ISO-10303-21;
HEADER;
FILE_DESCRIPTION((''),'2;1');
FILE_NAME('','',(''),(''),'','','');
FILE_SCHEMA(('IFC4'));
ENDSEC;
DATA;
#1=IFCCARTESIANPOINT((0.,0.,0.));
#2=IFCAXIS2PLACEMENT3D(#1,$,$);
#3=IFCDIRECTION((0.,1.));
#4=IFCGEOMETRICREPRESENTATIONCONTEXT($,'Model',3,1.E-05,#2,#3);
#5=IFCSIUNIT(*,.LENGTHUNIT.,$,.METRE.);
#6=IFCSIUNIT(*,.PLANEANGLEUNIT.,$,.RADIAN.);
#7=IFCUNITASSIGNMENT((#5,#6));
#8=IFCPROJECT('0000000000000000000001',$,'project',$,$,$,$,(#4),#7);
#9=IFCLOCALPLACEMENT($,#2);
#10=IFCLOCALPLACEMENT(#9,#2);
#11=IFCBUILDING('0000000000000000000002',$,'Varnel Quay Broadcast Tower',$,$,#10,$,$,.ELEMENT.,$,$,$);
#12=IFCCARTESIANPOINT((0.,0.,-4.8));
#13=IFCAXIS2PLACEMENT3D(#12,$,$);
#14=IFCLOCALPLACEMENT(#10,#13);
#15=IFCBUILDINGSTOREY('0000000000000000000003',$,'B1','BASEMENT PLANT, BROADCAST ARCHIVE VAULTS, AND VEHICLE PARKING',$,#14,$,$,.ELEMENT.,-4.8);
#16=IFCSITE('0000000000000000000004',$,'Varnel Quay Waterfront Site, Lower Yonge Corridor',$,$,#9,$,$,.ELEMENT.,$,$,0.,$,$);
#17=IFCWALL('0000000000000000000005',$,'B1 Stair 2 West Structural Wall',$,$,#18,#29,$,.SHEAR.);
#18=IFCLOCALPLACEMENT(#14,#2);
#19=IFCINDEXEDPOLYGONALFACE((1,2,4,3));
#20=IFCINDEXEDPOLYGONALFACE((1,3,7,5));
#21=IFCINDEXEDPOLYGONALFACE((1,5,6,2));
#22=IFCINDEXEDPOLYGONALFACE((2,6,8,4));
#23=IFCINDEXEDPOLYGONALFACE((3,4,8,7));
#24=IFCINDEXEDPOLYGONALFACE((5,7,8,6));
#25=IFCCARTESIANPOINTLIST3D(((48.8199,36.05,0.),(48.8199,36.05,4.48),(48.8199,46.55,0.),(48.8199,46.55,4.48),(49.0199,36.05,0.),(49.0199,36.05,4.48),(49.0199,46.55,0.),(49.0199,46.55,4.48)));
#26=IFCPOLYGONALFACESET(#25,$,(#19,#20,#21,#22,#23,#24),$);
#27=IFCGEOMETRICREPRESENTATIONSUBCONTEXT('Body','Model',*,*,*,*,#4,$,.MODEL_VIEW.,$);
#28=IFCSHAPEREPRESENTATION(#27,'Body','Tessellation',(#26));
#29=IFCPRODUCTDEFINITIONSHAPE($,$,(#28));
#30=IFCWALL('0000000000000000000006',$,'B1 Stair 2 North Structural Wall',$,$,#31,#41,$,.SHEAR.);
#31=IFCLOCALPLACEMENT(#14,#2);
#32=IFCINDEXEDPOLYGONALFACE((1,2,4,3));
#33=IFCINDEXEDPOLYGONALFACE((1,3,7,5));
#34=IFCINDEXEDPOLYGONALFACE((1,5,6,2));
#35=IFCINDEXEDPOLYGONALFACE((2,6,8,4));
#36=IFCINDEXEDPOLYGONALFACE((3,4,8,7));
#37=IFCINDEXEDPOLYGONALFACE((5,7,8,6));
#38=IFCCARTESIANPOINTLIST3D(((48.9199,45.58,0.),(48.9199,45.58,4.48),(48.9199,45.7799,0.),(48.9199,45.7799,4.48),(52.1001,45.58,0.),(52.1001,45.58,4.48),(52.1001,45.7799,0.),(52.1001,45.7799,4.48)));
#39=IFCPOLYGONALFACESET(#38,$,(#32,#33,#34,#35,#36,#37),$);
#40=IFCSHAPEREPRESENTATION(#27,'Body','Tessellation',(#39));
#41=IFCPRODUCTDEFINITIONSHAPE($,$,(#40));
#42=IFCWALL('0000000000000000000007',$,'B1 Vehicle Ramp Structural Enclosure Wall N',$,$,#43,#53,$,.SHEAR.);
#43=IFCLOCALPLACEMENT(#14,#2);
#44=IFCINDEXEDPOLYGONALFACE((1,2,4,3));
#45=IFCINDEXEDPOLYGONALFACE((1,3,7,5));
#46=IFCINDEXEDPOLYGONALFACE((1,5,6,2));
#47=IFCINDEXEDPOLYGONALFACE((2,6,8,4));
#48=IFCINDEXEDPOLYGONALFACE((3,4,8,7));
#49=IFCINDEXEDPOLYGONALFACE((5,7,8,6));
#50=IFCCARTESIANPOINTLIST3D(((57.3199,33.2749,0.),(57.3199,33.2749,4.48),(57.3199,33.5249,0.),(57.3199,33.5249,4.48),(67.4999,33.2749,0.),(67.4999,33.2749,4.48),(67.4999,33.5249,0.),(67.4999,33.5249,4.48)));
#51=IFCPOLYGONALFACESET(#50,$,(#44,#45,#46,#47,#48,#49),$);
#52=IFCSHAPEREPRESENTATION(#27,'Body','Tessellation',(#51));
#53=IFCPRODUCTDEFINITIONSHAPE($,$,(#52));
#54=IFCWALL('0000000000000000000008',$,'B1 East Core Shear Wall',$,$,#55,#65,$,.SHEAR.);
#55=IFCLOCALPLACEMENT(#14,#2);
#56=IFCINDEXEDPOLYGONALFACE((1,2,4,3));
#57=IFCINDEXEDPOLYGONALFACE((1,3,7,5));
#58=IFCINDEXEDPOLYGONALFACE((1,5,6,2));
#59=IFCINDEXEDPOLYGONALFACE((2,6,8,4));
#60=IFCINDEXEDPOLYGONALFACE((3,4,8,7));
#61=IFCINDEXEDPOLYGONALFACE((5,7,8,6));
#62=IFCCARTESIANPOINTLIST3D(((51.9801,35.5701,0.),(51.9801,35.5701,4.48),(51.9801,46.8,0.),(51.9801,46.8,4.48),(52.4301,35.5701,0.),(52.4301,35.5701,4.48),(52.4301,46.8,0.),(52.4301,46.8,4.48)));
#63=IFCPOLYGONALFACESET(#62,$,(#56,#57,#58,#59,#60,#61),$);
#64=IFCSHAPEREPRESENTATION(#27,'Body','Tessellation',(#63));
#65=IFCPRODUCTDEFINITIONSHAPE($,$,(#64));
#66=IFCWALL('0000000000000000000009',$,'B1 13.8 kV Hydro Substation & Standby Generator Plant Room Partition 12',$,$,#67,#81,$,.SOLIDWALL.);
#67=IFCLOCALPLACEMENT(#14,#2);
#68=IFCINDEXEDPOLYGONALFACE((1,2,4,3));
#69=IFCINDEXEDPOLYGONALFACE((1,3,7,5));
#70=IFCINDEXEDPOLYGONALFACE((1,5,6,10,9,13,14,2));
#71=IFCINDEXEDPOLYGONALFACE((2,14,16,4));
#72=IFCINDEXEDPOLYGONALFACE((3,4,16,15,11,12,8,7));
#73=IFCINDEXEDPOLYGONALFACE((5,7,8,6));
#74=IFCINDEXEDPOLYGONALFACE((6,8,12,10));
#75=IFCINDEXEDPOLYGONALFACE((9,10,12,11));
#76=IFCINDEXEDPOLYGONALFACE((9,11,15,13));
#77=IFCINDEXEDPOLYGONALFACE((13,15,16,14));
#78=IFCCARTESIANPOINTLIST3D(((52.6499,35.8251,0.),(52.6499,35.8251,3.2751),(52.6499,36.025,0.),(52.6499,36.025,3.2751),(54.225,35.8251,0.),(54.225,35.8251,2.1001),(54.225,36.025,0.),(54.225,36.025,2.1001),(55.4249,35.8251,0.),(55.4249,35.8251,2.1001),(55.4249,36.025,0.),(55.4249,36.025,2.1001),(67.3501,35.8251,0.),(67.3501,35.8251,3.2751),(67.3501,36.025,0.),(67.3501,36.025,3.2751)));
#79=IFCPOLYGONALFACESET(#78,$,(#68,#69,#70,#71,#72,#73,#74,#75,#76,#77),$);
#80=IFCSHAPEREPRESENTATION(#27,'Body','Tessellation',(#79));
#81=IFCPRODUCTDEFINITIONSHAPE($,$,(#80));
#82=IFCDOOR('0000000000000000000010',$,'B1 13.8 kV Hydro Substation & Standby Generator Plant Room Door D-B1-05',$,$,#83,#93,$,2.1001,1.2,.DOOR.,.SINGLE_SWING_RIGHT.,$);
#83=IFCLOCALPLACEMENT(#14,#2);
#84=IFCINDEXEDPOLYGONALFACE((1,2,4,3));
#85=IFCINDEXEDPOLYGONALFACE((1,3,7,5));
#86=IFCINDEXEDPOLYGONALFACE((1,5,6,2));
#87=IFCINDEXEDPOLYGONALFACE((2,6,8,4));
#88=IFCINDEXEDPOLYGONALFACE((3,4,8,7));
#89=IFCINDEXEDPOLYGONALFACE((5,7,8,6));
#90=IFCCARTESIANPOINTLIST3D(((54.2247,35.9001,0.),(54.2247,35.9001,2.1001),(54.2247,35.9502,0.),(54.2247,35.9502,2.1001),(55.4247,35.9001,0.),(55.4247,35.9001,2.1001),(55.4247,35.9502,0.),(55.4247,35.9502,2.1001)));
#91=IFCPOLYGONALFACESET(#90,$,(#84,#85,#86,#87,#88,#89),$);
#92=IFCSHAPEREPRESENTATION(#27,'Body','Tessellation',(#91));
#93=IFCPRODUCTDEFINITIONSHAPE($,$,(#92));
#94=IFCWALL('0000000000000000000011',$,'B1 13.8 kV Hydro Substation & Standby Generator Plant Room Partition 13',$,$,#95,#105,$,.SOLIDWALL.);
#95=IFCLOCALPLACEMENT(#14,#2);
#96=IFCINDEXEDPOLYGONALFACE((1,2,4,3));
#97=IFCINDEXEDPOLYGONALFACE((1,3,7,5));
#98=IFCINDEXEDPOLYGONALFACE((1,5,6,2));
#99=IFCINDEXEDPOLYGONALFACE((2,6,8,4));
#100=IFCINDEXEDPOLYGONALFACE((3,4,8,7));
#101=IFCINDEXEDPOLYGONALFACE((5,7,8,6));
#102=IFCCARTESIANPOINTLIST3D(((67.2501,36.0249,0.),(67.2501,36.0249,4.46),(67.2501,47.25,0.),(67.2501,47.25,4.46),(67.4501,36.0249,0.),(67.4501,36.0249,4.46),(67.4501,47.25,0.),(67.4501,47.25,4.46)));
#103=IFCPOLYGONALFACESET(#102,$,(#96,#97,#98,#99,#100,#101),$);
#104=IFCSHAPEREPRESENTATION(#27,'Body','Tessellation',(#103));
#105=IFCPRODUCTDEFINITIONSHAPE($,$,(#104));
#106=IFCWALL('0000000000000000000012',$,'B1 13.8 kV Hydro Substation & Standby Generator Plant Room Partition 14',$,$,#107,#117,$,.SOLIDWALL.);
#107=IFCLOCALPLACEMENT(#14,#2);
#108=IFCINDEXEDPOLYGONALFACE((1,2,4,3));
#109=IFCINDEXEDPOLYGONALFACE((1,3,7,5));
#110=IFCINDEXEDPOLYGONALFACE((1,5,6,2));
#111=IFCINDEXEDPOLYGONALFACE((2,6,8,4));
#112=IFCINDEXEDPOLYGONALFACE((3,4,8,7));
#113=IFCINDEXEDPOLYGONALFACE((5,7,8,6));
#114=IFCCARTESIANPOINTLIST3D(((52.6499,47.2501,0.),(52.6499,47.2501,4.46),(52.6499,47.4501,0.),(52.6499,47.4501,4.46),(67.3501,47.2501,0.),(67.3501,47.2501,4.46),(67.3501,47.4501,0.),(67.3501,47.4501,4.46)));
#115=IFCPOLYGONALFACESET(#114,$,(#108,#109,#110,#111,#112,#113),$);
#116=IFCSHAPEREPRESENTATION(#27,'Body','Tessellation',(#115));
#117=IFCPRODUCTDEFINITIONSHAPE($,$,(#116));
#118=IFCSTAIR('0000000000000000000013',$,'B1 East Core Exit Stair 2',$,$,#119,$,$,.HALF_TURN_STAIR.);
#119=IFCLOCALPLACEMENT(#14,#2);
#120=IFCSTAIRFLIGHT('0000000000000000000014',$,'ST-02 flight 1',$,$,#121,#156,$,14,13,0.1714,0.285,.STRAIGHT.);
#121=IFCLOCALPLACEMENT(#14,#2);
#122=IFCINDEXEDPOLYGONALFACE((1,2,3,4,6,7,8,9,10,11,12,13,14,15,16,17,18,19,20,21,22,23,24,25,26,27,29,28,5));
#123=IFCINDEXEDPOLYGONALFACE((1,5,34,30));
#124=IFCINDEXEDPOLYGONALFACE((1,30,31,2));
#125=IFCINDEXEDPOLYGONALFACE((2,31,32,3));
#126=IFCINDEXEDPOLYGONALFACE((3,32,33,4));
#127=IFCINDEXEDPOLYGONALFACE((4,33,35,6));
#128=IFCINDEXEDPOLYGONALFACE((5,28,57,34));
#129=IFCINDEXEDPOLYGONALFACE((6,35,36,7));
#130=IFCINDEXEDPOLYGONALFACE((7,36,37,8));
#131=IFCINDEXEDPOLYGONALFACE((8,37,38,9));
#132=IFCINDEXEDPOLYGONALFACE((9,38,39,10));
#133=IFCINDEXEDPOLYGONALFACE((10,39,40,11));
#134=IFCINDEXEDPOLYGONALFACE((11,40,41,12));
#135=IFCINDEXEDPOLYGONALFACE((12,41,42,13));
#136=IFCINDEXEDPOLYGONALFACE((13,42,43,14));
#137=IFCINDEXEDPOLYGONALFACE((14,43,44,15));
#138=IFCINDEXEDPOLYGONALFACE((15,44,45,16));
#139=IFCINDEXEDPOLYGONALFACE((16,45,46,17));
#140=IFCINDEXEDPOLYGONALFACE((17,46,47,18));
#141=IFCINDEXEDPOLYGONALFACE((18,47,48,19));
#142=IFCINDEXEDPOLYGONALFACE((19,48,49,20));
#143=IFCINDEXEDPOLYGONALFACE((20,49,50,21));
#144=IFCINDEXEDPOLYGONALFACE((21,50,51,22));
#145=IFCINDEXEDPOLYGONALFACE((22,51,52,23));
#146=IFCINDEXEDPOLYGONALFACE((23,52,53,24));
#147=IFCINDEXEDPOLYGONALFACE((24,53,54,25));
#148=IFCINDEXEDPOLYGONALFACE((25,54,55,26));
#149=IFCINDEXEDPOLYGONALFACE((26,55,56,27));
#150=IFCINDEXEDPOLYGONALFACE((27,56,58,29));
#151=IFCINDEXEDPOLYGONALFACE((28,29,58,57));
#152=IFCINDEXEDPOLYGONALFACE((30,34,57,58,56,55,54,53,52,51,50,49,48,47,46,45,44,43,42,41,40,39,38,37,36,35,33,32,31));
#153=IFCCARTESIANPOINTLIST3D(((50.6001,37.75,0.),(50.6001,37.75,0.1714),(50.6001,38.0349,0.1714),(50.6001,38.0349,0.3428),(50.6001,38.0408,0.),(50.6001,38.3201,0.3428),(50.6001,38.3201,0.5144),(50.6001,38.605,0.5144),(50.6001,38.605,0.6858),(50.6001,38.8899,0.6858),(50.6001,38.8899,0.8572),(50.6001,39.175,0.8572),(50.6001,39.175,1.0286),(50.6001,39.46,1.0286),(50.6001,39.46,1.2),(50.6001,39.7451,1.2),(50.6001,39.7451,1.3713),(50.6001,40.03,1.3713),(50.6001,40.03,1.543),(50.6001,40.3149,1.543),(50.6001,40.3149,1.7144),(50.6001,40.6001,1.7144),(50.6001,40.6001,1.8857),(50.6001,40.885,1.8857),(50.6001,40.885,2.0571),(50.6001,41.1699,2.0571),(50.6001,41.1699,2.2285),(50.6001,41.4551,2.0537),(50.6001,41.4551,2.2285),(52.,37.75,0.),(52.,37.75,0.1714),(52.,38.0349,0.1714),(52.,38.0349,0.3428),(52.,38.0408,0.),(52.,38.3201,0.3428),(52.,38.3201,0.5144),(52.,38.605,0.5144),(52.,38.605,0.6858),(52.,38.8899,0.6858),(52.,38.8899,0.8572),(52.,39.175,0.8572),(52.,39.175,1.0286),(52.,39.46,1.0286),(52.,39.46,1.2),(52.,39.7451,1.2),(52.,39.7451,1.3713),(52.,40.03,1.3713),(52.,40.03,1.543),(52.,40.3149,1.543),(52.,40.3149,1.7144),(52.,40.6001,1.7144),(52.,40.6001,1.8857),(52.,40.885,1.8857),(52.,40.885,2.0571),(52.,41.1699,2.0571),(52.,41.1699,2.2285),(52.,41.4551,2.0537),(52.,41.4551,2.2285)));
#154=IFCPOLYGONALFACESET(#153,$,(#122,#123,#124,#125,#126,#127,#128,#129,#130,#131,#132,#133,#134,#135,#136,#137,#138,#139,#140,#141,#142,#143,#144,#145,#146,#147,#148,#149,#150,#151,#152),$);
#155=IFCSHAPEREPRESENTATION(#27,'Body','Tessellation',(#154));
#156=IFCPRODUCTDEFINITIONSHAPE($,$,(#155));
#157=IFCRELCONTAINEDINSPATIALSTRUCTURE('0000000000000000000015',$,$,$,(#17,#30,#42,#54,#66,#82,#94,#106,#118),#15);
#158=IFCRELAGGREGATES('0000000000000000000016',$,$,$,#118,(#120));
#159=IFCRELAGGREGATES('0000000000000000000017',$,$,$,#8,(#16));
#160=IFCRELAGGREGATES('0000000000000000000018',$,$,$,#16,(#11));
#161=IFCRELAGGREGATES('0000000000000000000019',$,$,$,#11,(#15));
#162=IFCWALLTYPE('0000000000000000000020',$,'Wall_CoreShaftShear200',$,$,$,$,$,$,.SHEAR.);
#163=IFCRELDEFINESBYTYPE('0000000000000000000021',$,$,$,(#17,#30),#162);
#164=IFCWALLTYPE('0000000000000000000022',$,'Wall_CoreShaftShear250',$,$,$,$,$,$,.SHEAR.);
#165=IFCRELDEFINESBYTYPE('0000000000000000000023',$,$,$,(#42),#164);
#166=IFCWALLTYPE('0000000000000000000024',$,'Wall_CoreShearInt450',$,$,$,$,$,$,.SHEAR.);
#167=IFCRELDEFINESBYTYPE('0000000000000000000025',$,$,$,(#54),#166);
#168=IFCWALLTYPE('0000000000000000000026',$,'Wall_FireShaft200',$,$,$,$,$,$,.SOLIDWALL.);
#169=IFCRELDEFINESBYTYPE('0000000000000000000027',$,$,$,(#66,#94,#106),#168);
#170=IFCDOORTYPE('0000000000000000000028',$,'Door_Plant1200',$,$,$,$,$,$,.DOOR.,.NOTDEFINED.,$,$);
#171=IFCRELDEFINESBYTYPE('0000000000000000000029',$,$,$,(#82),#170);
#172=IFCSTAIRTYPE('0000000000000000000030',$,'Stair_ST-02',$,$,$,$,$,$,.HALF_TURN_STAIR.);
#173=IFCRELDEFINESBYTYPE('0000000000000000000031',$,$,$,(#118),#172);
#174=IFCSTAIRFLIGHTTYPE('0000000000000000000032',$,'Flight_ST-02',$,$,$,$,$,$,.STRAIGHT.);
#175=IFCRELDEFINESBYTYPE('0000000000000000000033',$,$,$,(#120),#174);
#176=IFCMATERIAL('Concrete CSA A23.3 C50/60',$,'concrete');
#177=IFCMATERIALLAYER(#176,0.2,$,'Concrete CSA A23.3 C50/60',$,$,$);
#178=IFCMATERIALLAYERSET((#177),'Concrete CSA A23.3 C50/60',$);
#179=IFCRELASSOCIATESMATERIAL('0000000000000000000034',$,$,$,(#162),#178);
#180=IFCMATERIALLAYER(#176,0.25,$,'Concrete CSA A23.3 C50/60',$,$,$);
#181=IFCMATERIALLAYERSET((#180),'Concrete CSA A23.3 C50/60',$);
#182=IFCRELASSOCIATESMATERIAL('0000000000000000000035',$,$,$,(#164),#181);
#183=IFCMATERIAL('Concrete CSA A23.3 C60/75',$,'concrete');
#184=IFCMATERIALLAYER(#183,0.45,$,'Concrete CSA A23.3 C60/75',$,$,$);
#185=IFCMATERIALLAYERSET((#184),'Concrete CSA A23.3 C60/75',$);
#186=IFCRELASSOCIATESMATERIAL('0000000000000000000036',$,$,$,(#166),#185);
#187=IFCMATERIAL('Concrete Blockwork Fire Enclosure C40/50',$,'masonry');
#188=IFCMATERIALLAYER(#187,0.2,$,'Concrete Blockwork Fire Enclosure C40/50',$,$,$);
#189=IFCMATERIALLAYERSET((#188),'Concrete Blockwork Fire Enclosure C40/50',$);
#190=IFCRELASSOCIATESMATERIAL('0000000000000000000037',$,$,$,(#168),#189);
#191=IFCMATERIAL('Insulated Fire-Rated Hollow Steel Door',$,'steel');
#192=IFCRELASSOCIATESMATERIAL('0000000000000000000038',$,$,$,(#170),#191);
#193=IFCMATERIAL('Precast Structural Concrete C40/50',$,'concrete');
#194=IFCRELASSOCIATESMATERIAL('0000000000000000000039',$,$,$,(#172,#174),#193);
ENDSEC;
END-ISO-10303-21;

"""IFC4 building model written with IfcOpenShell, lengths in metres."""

from ifc_helpers import new_model, si_unit, direction, frame, frame_2d, origin, place, context, subcontext, project, spatial, polyline, rectangle, outline, extrude, source, transform, mapped, material, layer, layer_set, type_object, type_shapes, element, fill, aggregate, save


model = new_model("IFC4")

# Units and contexts
model_context = context("Model", 3, precision=1e-05, world=origin(), true_north=direction((0.0, 1.0)))
body_context = subcontext(model_context, "Body", "Model", "MODEL_VIEW")
ifc_project = project(units=[si_unit("LENGTHUNIT", "METRE"), si_unit("PLANEANGLEUNIT", "RADIAN")], contexts=[model_context])

# Site, building, storey
site_placement = place(None, origin())
site = spatial("IfcSite", under=ifc_project, at=site_placement, Name="Varnel Quay Waterfront Site, Lower Yonge Corridor", CompositionType="ELEMENT", RefElevation=0.0)
building_placement = place(site_placement, origin())
building = spatial("IfcBuilding", under=site, at=building_placement, Name="Varnel Quay Broadcast Tower", CompositionType="ELEMENT")
storey_placement = place(building_placement, frame((0.0, 0.0, -4.8)))
storey = spatial("IfcBuildingStorey", under=building, at=storey_placement, Name="B1", Description="BASEMENT PLANT, BROADCAST ARCHIVE VAULTS, AND VEHICLE PARKING", CompositionType="ELEMENT", Elevation=-4.8)

# Shared definitions
ifc_material_1 = material(Name="Concrete CSA A23.3 C50/60", Category="concrete")

# Walls
ifc_layer_1 = layer(ifc_material_1, 0.2, Name="Concrete CSA A23.3 C50/60")
ifc_layer_set_1 = layer_set([ifc_layer_1], Name="Concrete CSA A23.3 C50/60")
wall_type_1 = type_object("IfcWallType", Name="Wall_CoreShaftShear200", PredefinedType="SHEAR", material=ifc_layer_set_1)
wall_1_placement = place(storey_placement, frame((48.9199, 36.05, 0.0), z_axis=(0.0, 0.0, 1.0), x_axis=(0.0, 1.0, 0.0)))
element("IfcWall", 1, at=wall_1_placement, inside=storey, type_object=wall_type_1, Name="B1 Stair 2 West Structural Wall", PredefinedType="SHEAR", context=body_context, shape_type="SweptSolid", body=[
    extrude(rectangle(XDim=10.5, YDim=0.2, at=frame_2d((5.25, 0.0))), origin(), (0.0, 0.0, 1.0), 4.48),
])
wall_2_placement = place(storey_placement, frame((48.9199, 45.6799, 0.0), z_axis=(0.0, 0.0, 1.0), x_axis=(1.0, 0.0, 0.0)))
element("IfcWall", 2, at=wall_2_placement, inside=storey, type_object=wall_type_1, Name="B1 Stair 2 North Structural Wall", PredefinedType="SHEAR", context=body_context, shape_type="SweptSolid", body=[
    extrude(rectangle(XDim=3.1802, YDim=0.2, at=frame_2d((1.5901, 0.0))), origin(), (0.0, 0.0, 1.0), 4.48),
])
ifc_layer_2 = layer(ifc_material_1, 0.25, Name="Concrete CSA A23.3 C50/60")
ifc_layer_set_2 = layer_set([ifc_layer_2], Name="Concrete CSA A23.3 C50/60")
wall_type_2 = type_object("IfcWallType", Name="Wall_CoreShaftShear250", PredefinedType="SHEAR", material=ifc_layer_set_2)
wall_3_placement = place(storey_placement, frame((57.3201, 33.3999, 0.0), z_axis=(0.0, 0.0, 1.0), x_axis=(1.0, 0.0, 0.0)))
element("IfcWall", 3, at=wall_3_placement, inside=storey, type_object=wall_type_2, Name="B1 Vehicle Ramp Structural Enclosure Wall N", PredefinedType="SHEAR", context=body_context, shape_type="SweptSolid", body=[
    extrude(rectangle(XDim=10.1799, YDim=0.25, at=frame_2d((5.0898, 0.0))), origin(), (0.0, 0.0, 1.0), 4.48),
])
ifc_material_2 = material(Name="Concrete CSA A23.3 C60/75", Category="concrete")
ifc_layer_3 = layer(ifc_material_2, 0.45, Name="Concrete CSA A23.3 C60/75")
ifc_layer_set_3 = layer_set([ifc_layer_3], Name="Concrete CSA A23.3 C60/75")
wall_type_3 = type_object("IfcWallType", Name="Wall_CoreShearInt450", PredefinedType="SHEAR", material=ifc_layer_set_3)
wall_4_placement = place(storey_placement, frame((52.2051, 35.5701, 0.0), z_axis=(0.0, 0.0, 1.0), x_axis=(0.0, 1.0, 0.0)))
element("IfcWall", 4, at=wall_4_placement, inside=storey, type_object=wall_type_3, Name="B1 East Core Shear Wall", PredefinedType="SHEAR", context=body_context, shape_type="SweptSolid", body=[
    extrude(rectangle(XDim=11.23, YDim=0.45, at=frame_2d((5.615, 0.0))), origin(), (0.0, 0.0, 1.0), 4.48),
])

# Wall, opening, door
ifc_material_3 = material(Name="Concrete Blockwork Fire Enclosure C40/50", Category="masonry")
ifc_layer_4 = layer(ifc_material_3, 0.2, Name="Concrete Blockwork Fire Enclosure C40/50")
ifc_layer_set_4 = layer_set([ifc_layer_4], Name="Concrete Blockwork Fire Enclosure C40/50")
wall_type_4 = type_object("IfcWallType", Name="Wall_FireShaft200", PredefinedType="SOLIDWALL", material=ifc_layer_set_4)
wall_5_placement = place(storey_placement, frame((52.6499, 35.925, 0.0), z_axis=(0.0, 0.0, 1.0), x_axis=(1.0, 0.0, 0.0)))
wall_5 = element("IfcWall", 5, at=wall_5_placement, inside=storey, type_object=wall_type_4, Name="B1 13.8 kV Hydro Substation & Standby Generator Plant Room Partition 12", PredefinedType="SOLIDWALL", context=body_context, shape_type="SweptSolid", body=[
    extrude(rectangle(XDim=14.7002, YDim=0.2, at=frame_2d((7.3501, 0.0))), origin(), (0.0, 0.0, 1.0), 3.2751),
])
opening_placement = place(wall_5_placement, frame((1.575, 0.0, 0.0)))
opening = element("IfcOpeningElement", 6, at=opening_placement, cuts=wall_5, PredefinedType="OPENING", context=body_context, shape_type="SweptSolid", body=[
    extrude(rectangle(XDim=1.2, YDim=2.1001, at=frame_2d((0.6001, 1.05))), frame((0.0, 0.1099, 0.0), z_axis=(0.0, -1.0, 0.0), x_axis=(1.0, 0.0, 0.0)), (0.0, 0.0, 1.0), 0.22),
])
ifc_material_4 = material(Name="Insulated Fire-Rated Hollow Steel Door", Category="steel")
door_type = type_object("IfcDoorType", Name="Door_Plant1200", OperationType="NOTDEFINED", PredefinedType="DOOR", material=ifc_material_4)
shared_shape_1 = source(origin(), body_context, "Body", "SweptSolid", [
    extrude(rectangle(XDim=1.2, YDim=2.1001, at=frame_2d((0.6001, 1.05))), frame((0.0, 0.0249, 0.0), z_axis=(0.0, -1.0, 0.0), x_axis=(1.0, 0.0, 0.0)), (0.0, 0.0, 1.0), 0.05),
])
type_shapes(door_type, [shared_shape_1])
door_placement = place(opening_placement, frame((1.2, 0.0, 0.0), z_axis=(0.0, 0.0, 1.0), x_axis=(-1.0, 0.0, 0.0)))
door = element("IfcDoor", 7, at=door_placement, inside=storey, type_object=door_type, Name="B1 13.8 kV Hydro Substation & Standby Generator Plant Room Door D-B1-05", OperationType="SINGLE_SWING_RIGHT", OverallHeight=2.1001, OverallWidth=1.2, PredefinedType="DOOR", context=body_context, shape_type="MappedRepresentation", body=[
    mapped(shared_shape_1, transform((0.0, 0.0, 0.0), x_axis=(1.0, 0.0, 0.0), y_axis=(0.0, 1.0, 0.0), z_axis=(0.0, 0.0, 1.0), scale=1.0)),
])
fill(opening, door)

# Walls
wall_6_placement = place(storey_placement, frame((67.3501, 36.0249, 0.0), z_axis=(0.0, 0.0, 1.0), x_axis=(0.0, 1.0, 0.0)))
element("IfcWall", 8, at=wall_6_placement, inside=storey, type_object=wall_type_4, Name="B1 13.8 kV Hydro Substation & Standby Generator Plant Room Partition 13", PredefinedType="SOLIDWALL", context=body_context, shape_type="SweptSolid", body=[
    extrude(rectangle(XDim=11.2251, YDim=0.2, at=frame_2d((5.6125, 0.0))), origin(), (0.0, 0.0, 1.0), 4.46),
])
wall_7_placement = place(storey_placement, frame((52.6499, 47.3501, 0.0), z_axis=(0.0, 0.0, 1.0), x_axis=(1.0, 0.0, 0.0)))
element("IfcWall", 9, at=wall_7_placement, inside=storey, type_object=wall_type_4, Name="B1 13.8 kV Hydro Substation & Standby Generator Plant Room Partition 14", PredefinedType="SOLIDWALL", context=body_context, shape_type="SweptSolid", body=[
    extrude(rectangle(XDim=14.7002, YDim=0.2, at=frame_2d((7.3501, 0.0))), origin(), (0.0, 0.0, 1.0), 4.46),
])

# Stair, stair flight
ifc_material_5 = material(Name="Precast Structural Concrete C40/50", Category="concrete")
stair_type = type_object("IfcStairType", Name="Stair_ST-02", PredefinedType="HALF_TURN_STAIR", material=ifc_material_5)
stair_placement = place(storey_placement, origin())
stair = element("IfcStair", 10, at=stair_placement, inside=storey, type_object=stair_type, Name="B1 East Core Exit Stair 2", PredefinedType="HALF_TURN_STAIR")
stair_flight_type = type_object("IfcStairFlightType", Name="Flight_ST-02", PredefinedType="STRAIGHT", material=ifc_material_5)
stair_flight_1_placement = place(storey_placement, frame((51.3, 37.75, 0.0), z_axis=(0.0, 0.0, 1.0), x_axis=(0.0, 1.0, 0.0)))
stair_flight_1 = element("IfcStairFlight", 11, at=stair_flight_1_placement, type_object=stair_flight_type, Name="ST-02 flight 1", NumberOfRisers=14, NumberOfTreads=13, PredefinedType="STRAIGHT", RiserHeight=0.1714, TreadLength=0.285, context=body_context, shape_type="SweptSolid", body=[
    extrude(outline(polyline([(0.0, 0.0), (0.0, 0.1714), (0.2849, 0.1714), (0.2849, 0.3428), (0.5701, 0.3428), (0.5701, 0.5144), (0.855, 0.5144), (0.855, 0.6858), (1.1399, 0.6858), (1.1399, 0.8572), (1.425, 0.8572), (1.425, 1.0286), (1.71, 1.0286), (1.71, 1.2), (1.9951, 1.2), (1.9951, 1.3713), (2.28, 1.3713), (2.28, 1.543), (2.5649, 1.543), (2.5649, 1.7144), (2.8501, 1.7144), (2.8501, 1.8857), (3.135, 1.8857), (3.135, 2.0571), (3.4199, 2.0571), (3.4199, 2.2285), (3.7051, 2.2285), (3.7051, 2.3999), (3.7051, 2.0537), (0.2908, 0.0), (0.0, 0.0)])), frame((0.0, 0.7, 0.0), z_axis=(0.0, -1.0, 0.0), x_axis=(1.0, 0.0, 0.0)), (0.0, 0.0, 1.0), 1.3999),
])
aggregate(stair, [stair_flight_1])

save(model, "model.ifc")
